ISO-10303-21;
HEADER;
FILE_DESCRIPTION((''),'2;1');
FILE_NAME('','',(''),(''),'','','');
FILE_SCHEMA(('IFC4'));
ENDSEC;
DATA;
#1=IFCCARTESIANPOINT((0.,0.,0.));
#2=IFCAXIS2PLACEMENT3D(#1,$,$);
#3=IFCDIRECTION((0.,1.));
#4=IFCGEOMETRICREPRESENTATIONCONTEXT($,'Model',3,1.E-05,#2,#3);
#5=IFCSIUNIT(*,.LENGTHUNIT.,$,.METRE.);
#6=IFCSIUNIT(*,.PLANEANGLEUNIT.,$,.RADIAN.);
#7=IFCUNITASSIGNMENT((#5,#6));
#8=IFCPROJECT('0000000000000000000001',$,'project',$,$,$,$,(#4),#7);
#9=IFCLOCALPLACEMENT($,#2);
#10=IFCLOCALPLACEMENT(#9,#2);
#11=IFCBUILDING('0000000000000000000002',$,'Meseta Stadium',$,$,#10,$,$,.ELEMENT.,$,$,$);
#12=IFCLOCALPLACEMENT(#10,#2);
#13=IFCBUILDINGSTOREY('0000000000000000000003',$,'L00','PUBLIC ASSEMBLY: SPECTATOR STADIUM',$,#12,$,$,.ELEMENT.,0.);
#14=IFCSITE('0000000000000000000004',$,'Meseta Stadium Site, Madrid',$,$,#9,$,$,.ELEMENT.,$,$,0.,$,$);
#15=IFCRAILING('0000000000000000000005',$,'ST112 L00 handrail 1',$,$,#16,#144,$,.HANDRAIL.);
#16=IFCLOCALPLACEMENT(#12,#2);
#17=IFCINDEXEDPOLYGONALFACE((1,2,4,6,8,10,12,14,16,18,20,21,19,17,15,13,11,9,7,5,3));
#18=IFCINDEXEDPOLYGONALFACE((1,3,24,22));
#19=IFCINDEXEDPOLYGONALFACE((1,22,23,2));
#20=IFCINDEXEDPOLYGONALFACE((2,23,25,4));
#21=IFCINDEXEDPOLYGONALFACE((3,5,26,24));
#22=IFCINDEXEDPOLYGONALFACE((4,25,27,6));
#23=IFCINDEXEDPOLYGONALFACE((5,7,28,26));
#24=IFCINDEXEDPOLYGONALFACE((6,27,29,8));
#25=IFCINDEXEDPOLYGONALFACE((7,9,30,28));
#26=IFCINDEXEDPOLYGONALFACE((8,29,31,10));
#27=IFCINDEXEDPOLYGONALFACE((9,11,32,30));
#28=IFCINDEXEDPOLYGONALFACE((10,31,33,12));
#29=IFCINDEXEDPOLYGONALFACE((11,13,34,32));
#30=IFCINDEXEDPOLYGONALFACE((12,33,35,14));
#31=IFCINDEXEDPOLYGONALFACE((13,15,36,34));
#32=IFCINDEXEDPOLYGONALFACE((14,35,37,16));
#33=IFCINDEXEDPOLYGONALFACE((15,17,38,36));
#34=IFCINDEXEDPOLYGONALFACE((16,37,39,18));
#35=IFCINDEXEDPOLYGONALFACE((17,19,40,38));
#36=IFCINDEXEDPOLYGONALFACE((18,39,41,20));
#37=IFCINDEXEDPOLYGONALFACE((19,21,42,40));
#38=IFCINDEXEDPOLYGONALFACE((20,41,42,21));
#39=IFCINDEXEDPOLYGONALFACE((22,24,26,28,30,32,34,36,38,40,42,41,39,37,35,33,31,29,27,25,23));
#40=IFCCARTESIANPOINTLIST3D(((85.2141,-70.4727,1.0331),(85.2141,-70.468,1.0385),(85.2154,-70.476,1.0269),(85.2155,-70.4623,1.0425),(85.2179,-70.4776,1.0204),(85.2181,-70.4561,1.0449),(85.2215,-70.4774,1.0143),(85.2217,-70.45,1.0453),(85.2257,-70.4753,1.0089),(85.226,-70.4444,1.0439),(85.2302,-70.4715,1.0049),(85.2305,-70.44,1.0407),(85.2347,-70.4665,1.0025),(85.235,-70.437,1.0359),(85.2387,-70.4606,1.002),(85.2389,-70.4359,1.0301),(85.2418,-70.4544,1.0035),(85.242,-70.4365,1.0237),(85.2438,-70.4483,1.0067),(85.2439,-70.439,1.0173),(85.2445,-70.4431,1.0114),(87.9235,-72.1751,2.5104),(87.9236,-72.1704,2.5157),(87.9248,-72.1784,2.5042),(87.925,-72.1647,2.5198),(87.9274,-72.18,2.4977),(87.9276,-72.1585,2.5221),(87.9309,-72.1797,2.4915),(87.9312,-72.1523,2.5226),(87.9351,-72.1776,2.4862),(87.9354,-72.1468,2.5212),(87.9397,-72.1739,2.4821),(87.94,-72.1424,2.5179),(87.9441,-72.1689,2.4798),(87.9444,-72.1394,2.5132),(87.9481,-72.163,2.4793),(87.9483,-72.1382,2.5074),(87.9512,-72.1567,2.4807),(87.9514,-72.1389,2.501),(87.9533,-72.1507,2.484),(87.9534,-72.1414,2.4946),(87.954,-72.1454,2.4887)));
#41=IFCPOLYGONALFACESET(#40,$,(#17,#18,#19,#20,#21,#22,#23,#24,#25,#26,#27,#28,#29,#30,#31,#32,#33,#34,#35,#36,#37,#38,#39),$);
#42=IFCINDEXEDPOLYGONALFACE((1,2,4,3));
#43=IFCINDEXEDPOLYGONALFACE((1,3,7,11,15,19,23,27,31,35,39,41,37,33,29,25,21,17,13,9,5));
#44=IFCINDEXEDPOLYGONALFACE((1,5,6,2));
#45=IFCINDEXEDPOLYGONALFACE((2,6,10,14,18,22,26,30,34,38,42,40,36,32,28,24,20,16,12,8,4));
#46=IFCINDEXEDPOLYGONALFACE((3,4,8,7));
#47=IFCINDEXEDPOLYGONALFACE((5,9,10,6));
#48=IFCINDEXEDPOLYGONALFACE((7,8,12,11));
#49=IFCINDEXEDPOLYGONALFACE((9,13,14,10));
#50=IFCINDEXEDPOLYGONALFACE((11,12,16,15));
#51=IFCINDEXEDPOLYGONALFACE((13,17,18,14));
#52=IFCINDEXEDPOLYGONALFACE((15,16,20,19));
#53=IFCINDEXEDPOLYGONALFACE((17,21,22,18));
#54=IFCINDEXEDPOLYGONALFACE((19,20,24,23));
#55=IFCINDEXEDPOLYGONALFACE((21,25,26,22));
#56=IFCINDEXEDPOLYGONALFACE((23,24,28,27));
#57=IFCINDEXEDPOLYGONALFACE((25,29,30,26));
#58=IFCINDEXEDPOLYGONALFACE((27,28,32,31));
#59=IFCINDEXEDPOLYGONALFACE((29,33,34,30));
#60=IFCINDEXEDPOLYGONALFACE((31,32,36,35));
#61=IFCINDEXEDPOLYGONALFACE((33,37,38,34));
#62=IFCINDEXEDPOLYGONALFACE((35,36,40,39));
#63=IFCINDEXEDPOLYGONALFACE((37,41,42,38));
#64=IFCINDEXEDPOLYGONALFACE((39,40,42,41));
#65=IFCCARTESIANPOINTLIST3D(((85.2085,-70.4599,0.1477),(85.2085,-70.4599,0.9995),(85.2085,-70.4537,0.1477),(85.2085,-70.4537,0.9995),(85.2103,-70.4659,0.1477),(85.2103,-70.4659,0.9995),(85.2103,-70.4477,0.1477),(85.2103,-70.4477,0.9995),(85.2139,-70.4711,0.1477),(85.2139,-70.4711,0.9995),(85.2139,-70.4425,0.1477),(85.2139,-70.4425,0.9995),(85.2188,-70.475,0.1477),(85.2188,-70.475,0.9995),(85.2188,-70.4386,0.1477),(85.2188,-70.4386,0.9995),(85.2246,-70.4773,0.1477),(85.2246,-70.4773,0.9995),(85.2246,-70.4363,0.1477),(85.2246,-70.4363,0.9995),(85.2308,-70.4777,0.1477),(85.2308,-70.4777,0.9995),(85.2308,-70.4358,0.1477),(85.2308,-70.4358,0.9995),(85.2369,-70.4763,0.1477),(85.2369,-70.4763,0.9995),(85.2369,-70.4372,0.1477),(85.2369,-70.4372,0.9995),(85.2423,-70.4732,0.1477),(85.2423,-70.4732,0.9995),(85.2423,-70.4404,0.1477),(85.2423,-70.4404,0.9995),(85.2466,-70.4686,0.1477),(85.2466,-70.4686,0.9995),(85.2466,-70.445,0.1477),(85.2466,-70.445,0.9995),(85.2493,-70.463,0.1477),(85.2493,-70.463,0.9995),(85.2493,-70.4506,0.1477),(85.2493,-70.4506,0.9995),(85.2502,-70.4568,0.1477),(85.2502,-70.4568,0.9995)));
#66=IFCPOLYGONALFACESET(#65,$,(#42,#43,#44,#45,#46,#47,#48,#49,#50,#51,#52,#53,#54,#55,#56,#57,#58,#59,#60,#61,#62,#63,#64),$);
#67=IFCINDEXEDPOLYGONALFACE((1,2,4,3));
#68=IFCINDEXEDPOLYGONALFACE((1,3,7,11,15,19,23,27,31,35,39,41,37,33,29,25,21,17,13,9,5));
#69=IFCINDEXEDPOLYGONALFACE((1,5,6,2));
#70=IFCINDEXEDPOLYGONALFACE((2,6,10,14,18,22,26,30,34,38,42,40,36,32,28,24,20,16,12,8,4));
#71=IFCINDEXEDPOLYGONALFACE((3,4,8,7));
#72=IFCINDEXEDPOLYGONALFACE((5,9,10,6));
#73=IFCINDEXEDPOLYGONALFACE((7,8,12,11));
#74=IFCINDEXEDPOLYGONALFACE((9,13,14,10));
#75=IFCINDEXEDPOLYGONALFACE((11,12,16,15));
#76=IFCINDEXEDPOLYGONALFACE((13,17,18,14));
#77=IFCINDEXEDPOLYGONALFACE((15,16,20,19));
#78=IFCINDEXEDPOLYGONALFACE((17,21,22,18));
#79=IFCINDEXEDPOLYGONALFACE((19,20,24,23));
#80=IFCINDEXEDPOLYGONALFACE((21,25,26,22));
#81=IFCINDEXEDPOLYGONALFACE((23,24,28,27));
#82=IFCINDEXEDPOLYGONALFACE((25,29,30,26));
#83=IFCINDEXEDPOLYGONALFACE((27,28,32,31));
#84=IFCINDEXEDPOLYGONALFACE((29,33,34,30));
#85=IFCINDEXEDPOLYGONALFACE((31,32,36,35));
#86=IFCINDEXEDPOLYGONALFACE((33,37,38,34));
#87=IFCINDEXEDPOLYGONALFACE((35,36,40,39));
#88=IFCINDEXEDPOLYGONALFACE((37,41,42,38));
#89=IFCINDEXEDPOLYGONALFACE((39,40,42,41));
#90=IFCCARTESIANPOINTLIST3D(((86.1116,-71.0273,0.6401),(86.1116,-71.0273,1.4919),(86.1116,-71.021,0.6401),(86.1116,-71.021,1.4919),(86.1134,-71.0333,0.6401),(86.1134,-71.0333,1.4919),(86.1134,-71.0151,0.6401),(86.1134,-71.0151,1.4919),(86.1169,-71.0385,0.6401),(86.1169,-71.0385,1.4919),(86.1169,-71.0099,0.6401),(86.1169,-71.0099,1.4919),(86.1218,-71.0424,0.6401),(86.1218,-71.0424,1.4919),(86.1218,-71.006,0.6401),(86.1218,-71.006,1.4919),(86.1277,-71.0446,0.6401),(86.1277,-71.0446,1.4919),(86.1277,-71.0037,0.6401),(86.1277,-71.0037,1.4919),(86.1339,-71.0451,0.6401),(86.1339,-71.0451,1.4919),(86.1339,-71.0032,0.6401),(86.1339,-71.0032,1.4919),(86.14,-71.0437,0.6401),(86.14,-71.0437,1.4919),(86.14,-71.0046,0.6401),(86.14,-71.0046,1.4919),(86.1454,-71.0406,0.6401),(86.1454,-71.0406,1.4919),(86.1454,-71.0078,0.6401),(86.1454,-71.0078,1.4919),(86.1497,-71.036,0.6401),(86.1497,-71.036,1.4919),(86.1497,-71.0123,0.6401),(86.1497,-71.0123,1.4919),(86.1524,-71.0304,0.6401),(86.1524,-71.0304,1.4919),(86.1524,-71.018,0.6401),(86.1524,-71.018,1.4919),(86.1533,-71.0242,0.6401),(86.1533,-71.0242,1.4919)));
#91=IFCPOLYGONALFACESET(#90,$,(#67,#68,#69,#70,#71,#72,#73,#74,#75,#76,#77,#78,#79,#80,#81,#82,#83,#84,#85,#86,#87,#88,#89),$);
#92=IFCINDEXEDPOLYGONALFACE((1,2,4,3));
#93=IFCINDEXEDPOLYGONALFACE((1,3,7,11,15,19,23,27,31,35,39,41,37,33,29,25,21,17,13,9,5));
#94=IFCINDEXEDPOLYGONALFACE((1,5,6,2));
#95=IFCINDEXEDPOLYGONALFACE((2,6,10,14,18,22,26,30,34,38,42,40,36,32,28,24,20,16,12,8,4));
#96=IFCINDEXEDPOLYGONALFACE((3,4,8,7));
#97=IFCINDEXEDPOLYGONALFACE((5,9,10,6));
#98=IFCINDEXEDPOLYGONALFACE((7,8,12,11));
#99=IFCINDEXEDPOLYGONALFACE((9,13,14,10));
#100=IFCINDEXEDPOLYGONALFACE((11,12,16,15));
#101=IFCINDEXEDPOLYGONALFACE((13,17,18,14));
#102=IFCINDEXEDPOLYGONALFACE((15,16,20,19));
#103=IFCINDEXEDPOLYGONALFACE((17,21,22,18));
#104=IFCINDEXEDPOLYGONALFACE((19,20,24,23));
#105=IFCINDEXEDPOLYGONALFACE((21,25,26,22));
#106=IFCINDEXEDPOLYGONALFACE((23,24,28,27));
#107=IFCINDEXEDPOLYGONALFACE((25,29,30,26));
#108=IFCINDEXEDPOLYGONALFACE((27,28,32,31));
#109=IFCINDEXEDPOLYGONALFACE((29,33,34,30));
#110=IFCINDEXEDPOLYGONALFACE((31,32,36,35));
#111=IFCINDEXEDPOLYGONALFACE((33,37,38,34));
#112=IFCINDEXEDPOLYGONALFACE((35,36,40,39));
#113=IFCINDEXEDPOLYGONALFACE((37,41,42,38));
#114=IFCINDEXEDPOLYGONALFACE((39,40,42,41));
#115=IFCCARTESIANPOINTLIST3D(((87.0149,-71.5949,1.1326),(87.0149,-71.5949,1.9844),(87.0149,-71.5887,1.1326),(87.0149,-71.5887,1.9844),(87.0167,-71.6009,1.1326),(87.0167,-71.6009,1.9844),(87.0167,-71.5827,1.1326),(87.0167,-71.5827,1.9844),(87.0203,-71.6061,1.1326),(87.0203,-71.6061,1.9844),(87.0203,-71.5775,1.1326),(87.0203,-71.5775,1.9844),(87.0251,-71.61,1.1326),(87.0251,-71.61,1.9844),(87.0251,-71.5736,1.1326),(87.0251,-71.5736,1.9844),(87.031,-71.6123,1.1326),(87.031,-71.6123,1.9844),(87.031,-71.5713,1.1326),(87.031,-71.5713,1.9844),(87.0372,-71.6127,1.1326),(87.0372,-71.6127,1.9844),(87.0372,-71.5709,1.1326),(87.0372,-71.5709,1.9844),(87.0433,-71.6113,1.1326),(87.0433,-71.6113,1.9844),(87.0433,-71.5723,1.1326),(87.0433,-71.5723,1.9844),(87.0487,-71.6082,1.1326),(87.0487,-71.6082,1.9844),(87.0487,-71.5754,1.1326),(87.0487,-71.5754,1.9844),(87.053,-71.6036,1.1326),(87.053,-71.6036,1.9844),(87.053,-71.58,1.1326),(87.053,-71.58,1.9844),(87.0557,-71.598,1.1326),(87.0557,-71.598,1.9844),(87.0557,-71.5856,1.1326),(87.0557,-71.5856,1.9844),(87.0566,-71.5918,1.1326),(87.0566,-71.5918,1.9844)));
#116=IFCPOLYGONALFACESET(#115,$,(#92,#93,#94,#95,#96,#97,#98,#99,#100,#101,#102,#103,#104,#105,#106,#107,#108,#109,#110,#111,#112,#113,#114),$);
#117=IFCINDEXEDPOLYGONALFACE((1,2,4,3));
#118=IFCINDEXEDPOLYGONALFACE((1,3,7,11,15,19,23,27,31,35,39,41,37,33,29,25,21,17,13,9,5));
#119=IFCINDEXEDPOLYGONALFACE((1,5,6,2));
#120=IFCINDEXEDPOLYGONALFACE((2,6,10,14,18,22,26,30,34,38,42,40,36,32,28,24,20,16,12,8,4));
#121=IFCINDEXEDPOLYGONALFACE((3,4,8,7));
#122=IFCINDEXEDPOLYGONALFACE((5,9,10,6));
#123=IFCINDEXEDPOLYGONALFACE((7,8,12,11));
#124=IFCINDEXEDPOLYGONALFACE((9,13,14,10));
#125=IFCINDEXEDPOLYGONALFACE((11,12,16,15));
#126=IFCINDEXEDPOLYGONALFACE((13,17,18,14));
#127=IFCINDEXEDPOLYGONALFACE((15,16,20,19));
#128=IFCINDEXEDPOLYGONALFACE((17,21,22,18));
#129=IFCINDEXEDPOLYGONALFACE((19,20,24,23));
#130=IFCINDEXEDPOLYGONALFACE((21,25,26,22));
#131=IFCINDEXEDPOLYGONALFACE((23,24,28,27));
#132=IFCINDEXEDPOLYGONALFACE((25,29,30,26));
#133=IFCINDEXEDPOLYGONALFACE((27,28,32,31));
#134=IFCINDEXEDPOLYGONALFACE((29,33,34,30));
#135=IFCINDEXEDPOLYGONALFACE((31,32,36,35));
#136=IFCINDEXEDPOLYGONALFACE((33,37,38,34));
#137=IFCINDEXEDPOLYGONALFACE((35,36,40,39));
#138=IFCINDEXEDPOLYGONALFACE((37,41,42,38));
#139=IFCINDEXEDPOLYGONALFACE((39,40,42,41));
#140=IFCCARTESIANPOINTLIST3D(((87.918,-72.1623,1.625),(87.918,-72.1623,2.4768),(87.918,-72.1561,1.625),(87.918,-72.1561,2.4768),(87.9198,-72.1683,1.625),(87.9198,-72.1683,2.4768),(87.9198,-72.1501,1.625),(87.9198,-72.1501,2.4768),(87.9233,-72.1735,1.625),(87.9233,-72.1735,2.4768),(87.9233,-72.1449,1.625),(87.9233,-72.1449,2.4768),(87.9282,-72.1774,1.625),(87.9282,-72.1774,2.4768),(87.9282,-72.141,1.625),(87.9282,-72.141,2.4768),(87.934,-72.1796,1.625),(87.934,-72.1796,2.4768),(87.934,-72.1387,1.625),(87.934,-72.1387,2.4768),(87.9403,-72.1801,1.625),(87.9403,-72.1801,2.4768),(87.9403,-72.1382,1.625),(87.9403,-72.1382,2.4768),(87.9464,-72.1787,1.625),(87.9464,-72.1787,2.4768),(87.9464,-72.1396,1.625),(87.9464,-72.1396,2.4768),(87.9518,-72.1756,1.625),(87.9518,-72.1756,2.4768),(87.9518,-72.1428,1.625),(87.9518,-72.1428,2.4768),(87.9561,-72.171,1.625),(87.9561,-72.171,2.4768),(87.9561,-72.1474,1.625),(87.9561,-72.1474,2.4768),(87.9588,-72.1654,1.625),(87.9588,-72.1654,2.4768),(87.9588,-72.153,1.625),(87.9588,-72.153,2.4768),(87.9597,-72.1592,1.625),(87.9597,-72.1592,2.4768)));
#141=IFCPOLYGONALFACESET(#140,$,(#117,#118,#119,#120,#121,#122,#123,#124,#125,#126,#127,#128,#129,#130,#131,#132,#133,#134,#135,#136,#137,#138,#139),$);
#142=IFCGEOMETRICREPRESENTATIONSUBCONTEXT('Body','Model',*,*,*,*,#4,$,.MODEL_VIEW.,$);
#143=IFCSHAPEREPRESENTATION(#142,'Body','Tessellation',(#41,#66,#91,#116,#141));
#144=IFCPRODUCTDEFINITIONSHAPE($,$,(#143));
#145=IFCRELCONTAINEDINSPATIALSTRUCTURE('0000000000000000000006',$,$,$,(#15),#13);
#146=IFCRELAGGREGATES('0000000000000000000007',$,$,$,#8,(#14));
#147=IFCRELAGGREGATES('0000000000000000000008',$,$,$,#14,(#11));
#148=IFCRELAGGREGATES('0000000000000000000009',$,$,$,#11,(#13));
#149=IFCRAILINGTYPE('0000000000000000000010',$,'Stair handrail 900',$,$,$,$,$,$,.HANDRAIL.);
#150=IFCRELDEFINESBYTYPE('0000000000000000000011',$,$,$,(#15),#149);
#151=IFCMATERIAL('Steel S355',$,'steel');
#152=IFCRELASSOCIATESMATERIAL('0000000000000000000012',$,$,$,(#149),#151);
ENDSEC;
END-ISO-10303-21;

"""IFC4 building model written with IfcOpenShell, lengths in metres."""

from ifc_helpers import new_model, si_unit, direction, frame, origin, origin_2d, place, context, subcontext, project, spatial, circle, extrude, material, type_object, element, save


model = new_model("IFC4")

# Units and contexts
model_context = context("Model", 3, precision=1e-05, world=origin(), true_north=direction((0.0, 1.0)))
body_context = subcontext(model_context, "Body", "Model", "MODEL_VIEW")
ifc_project = project(units=[si_unit("LENGTHUNIT", "METRE"), si_unit("PLANEANGLEUNIT", "RADIAN")], contexts=[model_context])

# Site, building, storey
site_placement = place(None, origin())
site = spatial("IfcSite", under=ifc_project, at=site_placement, Name="Meseta Stadium Site, Madrid", CompositionType="ELEMENT", RefElevation=0.0)
building_placement = place(site_placement, origin())
building = spatial("IfcBuilding", under=site, at=building_placement, Name="Meseta Stadium", CompositionType="ELEMENT")
storey_placement = place(building_placement, origin())
storey = spatial("IfcBuildingStorey", under=building, at=storey_placement, Name="L00", Description="PUBLIC ASSEMBLY: SPECTATOR STADIUM", CompositionType="ELEMENT", Elevation=0.0)

# Railing
ifc_material_1 = material(Name="Steel S355", Category="steel")
railing_type_1 = type_object("IfcRailingType", Name="Stair handrail 900", PredefinedType="HANDRAIL", material=ifc_material_1)
for number, where, name in (
    (1, (85.2292, -70.4568, 0.1477), "ST112 L00 handrail 1"),
):
    element("IfcRailing", number, at=place(storey_placement, frame(where)), inside=storey, type_object=railing_type_1, Name=name, PredefinedType="HANDRAIL", context=body_context, shape_type="SweptSolid", body=[
        extrude(circle(Radius=0.0239, at=origin_2d()), frame((0.0, 0.0, 0.876), z_axis=(0.768764, -0.483023, 0.419156), x_axis=(0.532014, 0.846736, 0.0)), (0.0, 0.0, 1.0), 3.5244),
        extrude(circle(Radius=0.021, at=origin_2d()), origin(), (0.0, 0.0, 1.0), 0.8518),
        extrude(circle(Radius=0.021, at=origin_2d()), frame((0.9031, -0.5674, 0.4924)), (0.0, 0.0, 1.0), 0.8518),
        extrude(circle(Radius=0.021, at=origin_2d()), frame((1.8064, -1.135, 0.9849)), (0.0, 0.0, 1.0), 0.8518),
        extrude(circle(Radius=0.021, at=origin_2d()), frame((2.7095, -1.7024, 1.4773)), (0.0, 0.0, 1.0), 0.8518),
    ])

save(model, "model.ifc")
